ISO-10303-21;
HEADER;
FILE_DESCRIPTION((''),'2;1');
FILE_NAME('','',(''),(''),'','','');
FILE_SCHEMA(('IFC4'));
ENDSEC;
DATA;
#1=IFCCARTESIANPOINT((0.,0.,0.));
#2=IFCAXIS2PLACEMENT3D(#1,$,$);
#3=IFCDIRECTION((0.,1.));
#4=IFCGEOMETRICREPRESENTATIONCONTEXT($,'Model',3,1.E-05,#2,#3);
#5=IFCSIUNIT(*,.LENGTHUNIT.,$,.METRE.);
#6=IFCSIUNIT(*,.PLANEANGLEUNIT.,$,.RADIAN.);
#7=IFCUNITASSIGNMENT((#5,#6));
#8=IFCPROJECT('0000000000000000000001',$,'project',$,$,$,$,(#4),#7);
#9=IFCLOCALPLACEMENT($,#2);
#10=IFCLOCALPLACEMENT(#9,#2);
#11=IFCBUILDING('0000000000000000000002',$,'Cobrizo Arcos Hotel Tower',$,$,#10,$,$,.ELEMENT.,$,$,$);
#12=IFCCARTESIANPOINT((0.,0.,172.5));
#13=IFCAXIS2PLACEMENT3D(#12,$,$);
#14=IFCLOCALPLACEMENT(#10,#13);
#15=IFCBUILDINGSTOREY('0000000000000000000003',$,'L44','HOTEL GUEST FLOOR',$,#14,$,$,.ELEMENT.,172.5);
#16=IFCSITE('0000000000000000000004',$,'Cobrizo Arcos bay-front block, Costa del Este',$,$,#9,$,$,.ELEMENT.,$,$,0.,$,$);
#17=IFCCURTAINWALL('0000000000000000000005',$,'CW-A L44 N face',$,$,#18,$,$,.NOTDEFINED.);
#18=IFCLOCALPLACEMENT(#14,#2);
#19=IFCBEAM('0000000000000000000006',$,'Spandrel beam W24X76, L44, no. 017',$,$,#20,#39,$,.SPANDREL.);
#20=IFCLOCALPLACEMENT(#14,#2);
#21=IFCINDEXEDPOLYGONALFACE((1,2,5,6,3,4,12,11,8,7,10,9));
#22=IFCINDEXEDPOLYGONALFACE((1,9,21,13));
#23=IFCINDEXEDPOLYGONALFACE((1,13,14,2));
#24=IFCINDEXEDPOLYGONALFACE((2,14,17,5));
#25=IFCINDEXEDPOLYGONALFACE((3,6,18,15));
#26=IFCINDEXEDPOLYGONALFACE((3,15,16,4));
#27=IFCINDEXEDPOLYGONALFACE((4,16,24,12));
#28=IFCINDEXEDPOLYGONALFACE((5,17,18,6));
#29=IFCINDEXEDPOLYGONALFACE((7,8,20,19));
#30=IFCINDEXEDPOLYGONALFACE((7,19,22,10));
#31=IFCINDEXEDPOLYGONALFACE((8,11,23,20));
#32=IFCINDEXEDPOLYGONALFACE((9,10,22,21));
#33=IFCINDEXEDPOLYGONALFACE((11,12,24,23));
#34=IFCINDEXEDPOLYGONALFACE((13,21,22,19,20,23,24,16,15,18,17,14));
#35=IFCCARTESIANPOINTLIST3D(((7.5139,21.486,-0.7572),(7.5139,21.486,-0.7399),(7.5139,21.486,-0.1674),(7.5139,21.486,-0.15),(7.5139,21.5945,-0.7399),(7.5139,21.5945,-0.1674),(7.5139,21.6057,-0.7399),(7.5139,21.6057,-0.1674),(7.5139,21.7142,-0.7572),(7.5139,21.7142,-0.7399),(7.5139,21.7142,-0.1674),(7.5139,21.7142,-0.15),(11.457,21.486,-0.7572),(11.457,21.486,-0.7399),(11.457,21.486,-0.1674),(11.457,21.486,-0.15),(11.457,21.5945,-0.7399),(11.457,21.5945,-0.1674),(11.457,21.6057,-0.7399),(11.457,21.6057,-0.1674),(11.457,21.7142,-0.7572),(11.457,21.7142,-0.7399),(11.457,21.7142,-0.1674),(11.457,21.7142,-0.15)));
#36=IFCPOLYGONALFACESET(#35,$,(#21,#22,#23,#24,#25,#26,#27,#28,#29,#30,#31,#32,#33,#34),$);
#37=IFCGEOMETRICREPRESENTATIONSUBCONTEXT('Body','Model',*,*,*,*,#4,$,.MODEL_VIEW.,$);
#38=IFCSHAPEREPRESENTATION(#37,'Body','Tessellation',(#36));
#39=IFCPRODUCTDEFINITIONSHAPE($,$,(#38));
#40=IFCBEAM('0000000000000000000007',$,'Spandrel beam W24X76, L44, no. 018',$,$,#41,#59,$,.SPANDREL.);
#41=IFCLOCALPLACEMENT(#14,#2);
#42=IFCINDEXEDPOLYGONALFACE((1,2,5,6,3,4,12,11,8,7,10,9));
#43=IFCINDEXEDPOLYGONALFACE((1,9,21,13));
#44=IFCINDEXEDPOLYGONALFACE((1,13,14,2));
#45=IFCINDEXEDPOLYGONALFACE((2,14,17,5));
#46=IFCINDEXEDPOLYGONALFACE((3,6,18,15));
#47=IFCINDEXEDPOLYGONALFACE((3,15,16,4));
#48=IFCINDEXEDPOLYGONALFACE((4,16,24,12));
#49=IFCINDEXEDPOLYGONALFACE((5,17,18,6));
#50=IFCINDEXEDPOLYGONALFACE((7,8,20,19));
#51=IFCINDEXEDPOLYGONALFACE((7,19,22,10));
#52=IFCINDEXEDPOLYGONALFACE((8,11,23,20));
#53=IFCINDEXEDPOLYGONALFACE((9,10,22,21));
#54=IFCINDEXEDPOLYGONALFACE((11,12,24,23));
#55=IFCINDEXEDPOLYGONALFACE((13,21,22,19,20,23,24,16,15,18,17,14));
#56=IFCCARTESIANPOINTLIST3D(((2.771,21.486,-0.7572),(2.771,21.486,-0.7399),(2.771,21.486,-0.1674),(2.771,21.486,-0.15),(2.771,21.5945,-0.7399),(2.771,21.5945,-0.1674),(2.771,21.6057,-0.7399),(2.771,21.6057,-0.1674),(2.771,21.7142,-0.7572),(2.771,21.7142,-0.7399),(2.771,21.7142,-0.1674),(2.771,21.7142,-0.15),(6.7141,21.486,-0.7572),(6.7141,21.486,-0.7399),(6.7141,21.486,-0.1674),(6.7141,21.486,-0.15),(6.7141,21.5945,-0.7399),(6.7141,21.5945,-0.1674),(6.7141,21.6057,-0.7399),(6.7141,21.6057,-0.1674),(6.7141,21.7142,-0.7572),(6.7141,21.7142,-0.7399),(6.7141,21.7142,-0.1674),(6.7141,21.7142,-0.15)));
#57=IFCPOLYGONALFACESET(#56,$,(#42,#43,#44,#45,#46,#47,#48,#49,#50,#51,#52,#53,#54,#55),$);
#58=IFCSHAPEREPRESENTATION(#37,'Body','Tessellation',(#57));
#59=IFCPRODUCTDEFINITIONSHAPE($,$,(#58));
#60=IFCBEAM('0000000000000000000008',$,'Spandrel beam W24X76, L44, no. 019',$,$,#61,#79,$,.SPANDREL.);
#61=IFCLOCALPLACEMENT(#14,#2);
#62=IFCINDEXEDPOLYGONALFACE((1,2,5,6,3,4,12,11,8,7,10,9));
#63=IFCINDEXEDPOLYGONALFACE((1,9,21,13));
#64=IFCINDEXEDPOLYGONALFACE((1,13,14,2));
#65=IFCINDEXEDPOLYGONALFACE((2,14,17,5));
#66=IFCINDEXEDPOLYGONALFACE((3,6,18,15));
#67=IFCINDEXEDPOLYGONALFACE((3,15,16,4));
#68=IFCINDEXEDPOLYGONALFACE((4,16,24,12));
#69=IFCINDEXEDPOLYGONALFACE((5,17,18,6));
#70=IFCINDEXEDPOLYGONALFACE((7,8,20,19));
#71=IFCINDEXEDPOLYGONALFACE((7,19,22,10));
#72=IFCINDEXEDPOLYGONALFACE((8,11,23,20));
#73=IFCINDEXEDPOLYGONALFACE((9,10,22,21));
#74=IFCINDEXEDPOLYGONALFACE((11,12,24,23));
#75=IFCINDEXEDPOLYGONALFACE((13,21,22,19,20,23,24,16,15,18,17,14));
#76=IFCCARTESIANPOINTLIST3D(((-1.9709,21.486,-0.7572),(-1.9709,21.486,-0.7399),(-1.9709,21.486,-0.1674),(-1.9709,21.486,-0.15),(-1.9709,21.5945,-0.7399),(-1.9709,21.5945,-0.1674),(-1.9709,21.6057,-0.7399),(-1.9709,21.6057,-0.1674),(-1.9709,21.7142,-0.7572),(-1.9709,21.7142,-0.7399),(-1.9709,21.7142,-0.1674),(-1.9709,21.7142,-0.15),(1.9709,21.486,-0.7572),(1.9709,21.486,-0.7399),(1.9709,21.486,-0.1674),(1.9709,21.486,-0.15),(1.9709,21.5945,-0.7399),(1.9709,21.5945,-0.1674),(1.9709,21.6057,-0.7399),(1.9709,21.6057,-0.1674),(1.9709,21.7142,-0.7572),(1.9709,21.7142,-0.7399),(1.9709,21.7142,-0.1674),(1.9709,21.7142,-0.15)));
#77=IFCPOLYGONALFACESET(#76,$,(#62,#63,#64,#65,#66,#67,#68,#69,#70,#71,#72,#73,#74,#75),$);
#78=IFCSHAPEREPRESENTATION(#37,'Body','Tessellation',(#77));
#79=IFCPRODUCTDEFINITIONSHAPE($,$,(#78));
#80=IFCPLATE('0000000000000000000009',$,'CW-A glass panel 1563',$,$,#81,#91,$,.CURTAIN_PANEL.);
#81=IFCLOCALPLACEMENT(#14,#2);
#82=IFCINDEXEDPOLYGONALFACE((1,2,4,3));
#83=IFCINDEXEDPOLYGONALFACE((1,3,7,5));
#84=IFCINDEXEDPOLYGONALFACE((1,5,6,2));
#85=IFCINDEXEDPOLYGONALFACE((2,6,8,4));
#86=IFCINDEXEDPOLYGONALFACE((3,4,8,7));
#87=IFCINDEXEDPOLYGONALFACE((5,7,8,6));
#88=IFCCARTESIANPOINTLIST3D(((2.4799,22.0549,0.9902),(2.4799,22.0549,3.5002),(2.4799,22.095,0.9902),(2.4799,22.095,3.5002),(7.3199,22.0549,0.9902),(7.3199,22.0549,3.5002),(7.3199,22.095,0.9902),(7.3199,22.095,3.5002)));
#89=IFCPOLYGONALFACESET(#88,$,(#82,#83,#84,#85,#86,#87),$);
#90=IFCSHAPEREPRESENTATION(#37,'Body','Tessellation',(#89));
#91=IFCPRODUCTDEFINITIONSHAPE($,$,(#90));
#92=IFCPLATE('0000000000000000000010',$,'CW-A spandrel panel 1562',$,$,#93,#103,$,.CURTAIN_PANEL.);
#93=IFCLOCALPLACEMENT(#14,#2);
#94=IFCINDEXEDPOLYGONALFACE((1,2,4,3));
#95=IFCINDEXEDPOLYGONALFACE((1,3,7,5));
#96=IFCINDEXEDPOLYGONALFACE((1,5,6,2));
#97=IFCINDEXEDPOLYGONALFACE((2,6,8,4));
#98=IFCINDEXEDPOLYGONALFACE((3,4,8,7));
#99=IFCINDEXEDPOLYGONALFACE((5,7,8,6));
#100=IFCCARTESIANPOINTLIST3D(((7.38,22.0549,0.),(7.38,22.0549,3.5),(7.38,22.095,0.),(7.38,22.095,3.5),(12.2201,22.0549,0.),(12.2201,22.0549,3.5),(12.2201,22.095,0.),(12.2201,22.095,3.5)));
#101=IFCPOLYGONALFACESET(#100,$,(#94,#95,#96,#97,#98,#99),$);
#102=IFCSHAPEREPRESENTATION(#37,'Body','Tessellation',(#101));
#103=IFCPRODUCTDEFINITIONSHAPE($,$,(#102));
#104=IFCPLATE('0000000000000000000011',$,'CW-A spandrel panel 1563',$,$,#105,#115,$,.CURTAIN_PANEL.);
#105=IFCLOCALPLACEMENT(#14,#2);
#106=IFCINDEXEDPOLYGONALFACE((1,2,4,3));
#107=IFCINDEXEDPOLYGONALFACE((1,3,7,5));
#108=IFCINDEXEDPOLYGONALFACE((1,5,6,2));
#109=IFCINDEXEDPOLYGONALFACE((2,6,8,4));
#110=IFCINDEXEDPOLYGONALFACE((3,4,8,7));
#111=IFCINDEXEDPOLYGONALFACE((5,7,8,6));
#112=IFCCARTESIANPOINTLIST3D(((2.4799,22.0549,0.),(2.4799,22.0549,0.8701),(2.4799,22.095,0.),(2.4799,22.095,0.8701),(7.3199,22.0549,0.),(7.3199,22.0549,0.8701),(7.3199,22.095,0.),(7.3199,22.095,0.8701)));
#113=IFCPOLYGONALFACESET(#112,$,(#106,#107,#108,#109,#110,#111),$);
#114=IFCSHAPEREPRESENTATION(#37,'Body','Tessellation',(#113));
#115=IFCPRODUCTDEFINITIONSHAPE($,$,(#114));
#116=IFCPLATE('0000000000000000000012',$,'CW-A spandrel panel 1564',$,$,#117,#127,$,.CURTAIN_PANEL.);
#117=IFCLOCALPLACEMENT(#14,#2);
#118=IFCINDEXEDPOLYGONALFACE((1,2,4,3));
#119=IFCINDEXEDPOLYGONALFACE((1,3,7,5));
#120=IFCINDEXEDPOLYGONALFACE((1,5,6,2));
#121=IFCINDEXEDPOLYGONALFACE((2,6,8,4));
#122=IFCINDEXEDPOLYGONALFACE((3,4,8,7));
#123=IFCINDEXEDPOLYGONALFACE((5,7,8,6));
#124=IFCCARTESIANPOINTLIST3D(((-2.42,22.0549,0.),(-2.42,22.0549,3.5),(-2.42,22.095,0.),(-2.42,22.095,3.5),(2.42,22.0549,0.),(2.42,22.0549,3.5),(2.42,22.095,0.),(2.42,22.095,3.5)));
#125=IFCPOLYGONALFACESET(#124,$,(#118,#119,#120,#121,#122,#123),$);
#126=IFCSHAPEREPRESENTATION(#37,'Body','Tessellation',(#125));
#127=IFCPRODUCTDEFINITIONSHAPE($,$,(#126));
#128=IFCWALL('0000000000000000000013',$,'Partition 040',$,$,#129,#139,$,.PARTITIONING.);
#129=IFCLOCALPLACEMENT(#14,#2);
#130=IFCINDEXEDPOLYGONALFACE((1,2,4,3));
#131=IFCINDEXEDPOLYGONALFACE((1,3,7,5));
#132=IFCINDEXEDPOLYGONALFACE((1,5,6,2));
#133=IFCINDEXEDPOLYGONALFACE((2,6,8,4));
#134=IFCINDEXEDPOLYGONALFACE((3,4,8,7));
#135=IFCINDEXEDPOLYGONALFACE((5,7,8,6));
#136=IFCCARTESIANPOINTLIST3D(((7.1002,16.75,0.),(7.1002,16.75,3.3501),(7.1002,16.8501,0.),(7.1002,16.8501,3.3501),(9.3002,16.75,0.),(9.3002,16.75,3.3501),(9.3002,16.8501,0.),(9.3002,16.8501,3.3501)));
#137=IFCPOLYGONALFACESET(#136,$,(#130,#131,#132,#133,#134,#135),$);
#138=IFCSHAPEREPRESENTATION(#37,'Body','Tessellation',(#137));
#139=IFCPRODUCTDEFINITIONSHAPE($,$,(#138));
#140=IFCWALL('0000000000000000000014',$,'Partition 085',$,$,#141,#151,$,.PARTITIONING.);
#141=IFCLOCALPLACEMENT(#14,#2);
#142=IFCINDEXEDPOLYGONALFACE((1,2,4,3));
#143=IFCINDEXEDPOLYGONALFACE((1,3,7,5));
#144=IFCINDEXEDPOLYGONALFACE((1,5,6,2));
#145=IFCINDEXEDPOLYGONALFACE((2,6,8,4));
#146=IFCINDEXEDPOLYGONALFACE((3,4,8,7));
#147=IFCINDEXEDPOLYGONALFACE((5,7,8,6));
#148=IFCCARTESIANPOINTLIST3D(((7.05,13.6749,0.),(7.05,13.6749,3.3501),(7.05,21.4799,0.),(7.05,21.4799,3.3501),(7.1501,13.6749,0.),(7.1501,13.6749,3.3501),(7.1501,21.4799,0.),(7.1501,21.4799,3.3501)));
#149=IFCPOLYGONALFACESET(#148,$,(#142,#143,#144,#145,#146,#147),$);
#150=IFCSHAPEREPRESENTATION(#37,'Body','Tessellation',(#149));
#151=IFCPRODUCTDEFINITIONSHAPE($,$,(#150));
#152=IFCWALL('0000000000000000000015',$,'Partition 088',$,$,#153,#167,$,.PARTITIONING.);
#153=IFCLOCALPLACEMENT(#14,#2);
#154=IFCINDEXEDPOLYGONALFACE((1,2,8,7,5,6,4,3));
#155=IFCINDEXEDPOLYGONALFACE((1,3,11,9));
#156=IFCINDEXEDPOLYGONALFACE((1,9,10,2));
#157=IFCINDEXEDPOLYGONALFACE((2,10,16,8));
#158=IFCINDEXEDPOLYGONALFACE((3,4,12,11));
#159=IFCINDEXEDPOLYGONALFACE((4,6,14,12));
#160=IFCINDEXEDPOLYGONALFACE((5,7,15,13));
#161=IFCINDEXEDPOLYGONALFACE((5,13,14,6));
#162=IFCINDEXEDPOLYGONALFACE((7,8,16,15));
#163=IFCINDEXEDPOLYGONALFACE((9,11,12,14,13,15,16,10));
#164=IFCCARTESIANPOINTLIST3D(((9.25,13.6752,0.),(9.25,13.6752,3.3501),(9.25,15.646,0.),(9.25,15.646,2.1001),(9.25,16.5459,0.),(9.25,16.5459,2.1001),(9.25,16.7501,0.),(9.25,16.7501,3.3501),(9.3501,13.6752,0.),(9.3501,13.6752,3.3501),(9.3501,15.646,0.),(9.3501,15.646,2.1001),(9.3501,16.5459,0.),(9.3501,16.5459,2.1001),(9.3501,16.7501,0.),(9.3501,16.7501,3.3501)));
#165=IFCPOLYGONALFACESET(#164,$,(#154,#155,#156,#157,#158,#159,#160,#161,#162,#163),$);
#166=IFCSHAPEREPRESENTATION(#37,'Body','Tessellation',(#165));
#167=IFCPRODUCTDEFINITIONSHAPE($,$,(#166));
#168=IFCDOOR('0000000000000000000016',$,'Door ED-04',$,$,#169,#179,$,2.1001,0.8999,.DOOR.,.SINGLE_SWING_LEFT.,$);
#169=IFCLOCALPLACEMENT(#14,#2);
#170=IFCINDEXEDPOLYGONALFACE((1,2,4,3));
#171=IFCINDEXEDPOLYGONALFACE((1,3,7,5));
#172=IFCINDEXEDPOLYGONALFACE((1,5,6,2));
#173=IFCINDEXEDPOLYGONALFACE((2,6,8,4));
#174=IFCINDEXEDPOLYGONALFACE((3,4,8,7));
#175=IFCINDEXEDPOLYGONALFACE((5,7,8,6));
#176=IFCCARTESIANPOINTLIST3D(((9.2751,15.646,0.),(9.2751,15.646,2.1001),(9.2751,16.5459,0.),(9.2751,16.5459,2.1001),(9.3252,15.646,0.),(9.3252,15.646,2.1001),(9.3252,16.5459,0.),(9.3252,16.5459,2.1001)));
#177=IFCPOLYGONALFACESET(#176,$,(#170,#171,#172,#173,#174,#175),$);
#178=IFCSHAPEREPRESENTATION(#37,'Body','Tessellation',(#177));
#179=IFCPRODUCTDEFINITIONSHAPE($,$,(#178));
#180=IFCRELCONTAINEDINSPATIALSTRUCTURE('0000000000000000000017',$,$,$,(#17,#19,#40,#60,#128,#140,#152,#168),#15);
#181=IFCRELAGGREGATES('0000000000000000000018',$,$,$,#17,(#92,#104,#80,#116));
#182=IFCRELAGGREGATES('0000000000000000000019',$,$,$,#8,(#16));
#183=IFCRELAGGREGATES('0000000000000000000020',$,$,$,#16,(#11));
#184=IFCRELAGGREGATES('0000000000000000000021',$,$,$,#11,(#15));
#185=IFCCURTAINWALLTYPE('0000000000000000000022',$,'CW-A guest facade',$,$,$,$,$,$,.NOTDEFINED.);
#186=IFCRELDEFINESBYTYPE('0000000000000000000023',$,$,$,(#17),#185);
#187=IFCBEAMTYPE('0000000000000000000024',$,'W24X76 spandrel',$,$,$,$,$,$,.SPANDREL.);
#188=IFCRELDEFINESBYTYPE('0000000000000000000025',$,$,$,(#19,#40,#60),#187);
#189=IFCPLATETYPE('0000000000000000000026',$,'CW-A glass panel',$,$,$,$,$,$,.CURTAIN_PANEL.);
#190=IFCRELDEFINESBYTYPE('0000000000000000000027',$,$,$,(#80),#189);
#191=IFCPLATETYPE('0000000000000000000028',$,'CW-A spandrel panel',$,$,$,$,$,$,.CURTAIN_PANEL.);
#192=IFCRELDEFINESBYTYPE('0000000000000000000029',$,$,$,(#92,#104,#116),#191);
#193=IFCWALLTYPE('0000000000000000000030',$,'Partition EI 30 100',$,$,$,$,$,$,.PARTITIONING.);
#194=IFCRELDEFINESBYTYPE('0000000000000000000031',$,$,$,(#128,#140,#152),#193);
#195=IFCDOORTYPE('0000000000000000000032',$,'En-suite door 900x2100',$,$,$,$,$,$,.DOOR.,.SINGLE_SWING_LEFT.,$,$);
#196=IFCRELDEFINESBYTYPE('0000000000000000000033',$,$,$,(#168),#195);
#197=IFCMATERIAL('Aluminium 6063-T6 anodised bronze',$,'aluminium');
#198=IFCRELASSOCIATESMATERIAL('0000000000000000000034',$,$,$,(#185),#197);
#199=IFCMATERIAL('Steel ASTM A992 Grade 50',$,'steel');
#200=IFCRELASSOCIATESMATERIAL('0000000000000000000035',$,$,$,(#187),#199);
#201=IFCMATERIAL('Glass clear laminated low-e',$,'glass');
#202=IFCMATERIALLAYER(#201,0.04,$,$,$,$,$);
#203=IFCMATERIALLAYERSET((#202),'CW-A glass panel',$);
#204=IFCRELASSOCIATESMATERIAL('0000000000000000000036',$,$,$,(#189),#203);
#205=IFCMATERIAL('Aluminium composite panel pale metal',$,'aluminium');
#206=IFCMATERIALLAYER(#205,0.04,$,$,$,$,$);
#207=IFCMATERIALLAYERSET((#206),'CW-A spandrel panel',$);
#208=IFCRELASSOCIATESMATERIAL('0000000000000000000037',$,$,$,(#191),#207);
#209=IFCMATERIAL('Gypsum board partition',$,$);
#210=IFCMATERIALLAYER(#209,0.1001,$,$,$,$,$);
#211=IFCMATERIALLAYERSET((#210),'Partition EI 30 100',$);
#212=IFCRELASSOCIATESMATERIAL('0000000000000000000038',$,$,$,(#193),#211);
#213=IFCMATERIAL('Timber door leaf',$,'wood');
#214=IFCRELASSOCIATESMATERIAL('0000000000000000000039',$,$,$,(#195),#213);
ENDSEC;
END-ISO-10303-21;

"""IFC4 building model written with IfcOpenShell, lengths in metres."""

from ifc_helpers import new_model, si_unit, direction, frame, frame_2d, origin, origin_2d, place, context, subcontext, project, spatial, rectangle, i_section, extrude, material, layer, layer_set, material_profile, profile_set, type_object, element, fill, aggregate, save


model = new_model("IFC4")

# Units and contexts
model_context = context("Model", 3, precision=1e-05, world=origin(), true_north=direction((0.0, 1.0)))
body_context = subcontext(model_context, "Body", "Model", "MODEL_VIEW")
ifc_project = project(units=[si_unit("LENGTHUNIT", "METRE"), si_unit("PLANEANGLEUNIT", "RADIAN")], contexts=[model_context])

# Site, building, storey
site_placement = place(None, origin())
site = spatial("IfcSite", under=ifc_project, at=site_placement, Name="Cobrizo Arcos bay-front block, Costa del Este", CompositionType="ELEMENT", RefElevation=0.0)
building_placement = place(site_placement, origin())
building = spatial("IfcBuilding", under=site, at=building_placement, Name="Cobrizo Arcos Hotel Tower", CompositionType="ELEMENT")
storey_placement = place(building_placement, frame((0.0, 0.0, 172.5)))
storey = spatial("IfcBuildingStorey", under=building, at=storey_placement, Name="L44", Description="HOTEL GUEST FLOOR", CompositionType="ELEMENT", Elevation=172.5)

# Curtain wall
ifc_material_1 = material(Name="Aluminium 6063-T6 anodised bronze", Category="aluminium")
curtain_wall_type = type_object("IfcCurtainWallType", Name="CW-A guest facade", PredefinedType="NOTDEFINED", material=ifc_material_1)
curtain_wall_placement = place(storey_placement, origin())
curtain_wall = element("IfcCurtainWall", 1, at=curtain_wall_placement, inside=storey, type_object=curtain_wall_type, Name="CW-A L44 N face", PredefinedType="NOTDEFINED")

# Beams
ifc_material_2 = material(Name="Steel ASTM A992 Grade 50", Category="steel")
ifc_material_profile_1 = material_profile(ifc_material_2, i_section(OverallWidth=0.2283, OverallDepth=0.6072, WebThickness=0.0112, FlangeThickness=0.0173, at=origin_2d()), Name="W24X76")
ifc_profile_set_1 = profile_set([ifc_material_profile_1], Name="Steel ASTM A992 Grade 50")
beam_type_1 = type_object("IfcBeamType", Name="W24X76 spandrel", PredefinedType="SPANDREL", material=ifc_profile_set_1)
for number, where, z_axis, x_axis, name in (
    (2, (11.457, 21.6001, -0.4536), (-1.0, 0.0, 0.0), (0.0, -1.0, 0.0), "Spandrel beam W24X76, L44, no. 017"),
    (3, (6.7141, 21.6001, -0.4536), (-1.0, 0.0, 0.0), (0.0, -1.0, 0.0), "Spandrel beam W24X76, L44, no. 018"),
):
    element("IfcBeam", number, at=place(storey_placement, frame(where, z_axis=z_axis, x_axis=x_axis)), inside=storey, type_object=beam_type_1, Name=name, PredefinedType="SPANDREL", context=body_context, shape_type="SweptSolid", body=[
        extrude(i_section(OverallWidth=0.2283, OverallDepth=0.6072, WebThickness=0.0112, FlangeThickness=0.0173, at=origin_2d()), origin(), (0.0, 0.0, 1.0), 3.9431),
    ])
beam_1_placement = place(storey_placement, frame((1.9709, 21.6001, -0.4536), z_axis=(-1.0, 0.0, 0.0), x_axis=(0.0, -1.0, 0.0)))
element("IfcBeam", 4, at=beam_1_placement, inside=storey, type_object=beam_type_1, Name="Spandrel beam W24X76, L44, no. 019", PredefinedType="SPANDREL", context=body_context, shape_type="SweptSolid", body=[
    extrude(i_section(OverallWidth=0.2283, OverallDepth=0.6072, WebThickness=0.0112, FlangeThickness=0.0173, at=origin_2d()), origin(), (0.0, 0.0, 1.0), 3.9419),
])

# Plates
ifc_material_3 = material(Name="Glass clear laminated low-e", Category="glass")
ifc_layer_1 = layer(ifc_material_3, 0.04)
ifc_layer_set_1 = layer_set([ifc_layer_1], Name="CW-A glass panel")
plate_type_1 = type_object("IfcPlateType", Name="CW-A glass panel", PredefinedType="CURTAIN_PANEL", material=ifc_layer_set_1)
plate_1_placement = place(storey_placement, frame((4.8999, 22.075, 0.9902), z_axis=(0.0, 0.0, 1.0), x_axis=(-1.0, 0.0, 0.0)))
plate_1 = element("IfcPlate", 5, at=plate_1_placement, type_object=plate_type_1, Name="CW-A glass panel 1563", PredefinedType="CURTAIN_PANEL", context=body_context, shape_type="SweptSolid", body=[
    extrude(rectangle(XDim=4.8401, YDim=0.04, at=origin_2d()), origin(), (0.0, 0.0, 1.0), 2.51),
])
ifc_material_4 = material(Name="Aluminium composite panel pale metal", Category="aluminium")
ifc_layer_2 = layer(ifc_material_4, 0.04)
ifc_layer_set_2 = layer_set([ifc_layer_2], Name="CW-A spandrel panel")
plate_type_2 = type_object("IfcPlateType", Name="CW-A spandrel panel", PredefinedType="CURTAIN_PANEL", material=ifc_layer_set_2)
plate_2_placement = place(storey_placement, frame((9.8, 22.075, 0.0), z_axis=(0.0, 0.0, 1.0), x_axis=(-1.0, 0.0, 0.0)))
plate_2 = element("IfcPlate", 6, at=plate_2_placement, type_object=plate_type_2, Name="CW-A spandrel panel 1562", PredefinedType="CURTAIN_PANEL", context=body_context, shape_type="SweptSolid", body=[
    extrude(rectangle(XDim=4.8401, YDim=0.04, at=origin_2d()), origin(), (0.0, 0.0, 1.0), 3.5),
])
plate_3_placement = place(storey_placement, frame((4.8999, 22.075, 0.0), z_axis=(0.0, 0.0, 1.0), x_axis=(-1.0, 0.0, 0.0)))
plate_3 = element("IfcPlate", 7, at=plate_3_placement, type_object=plate_type_2, Name="CW-A spandrel panel 1563", PredefinedType="CURTAIN_PANEL", context=body_context, shape_type="SweptSolid", body=[
    extrude(rectangle(XDim=4.8401, YDim=0.04, at=origin_2d()), origin(), (0.0, 0.0, 1.0), 0.8701),
])
plate_4_placement = place(storey_placement, frame((0.0, 22.075, 0.0), z_axis=(0.0, 0.0, 1.0), x_axis=(-1.0, 0.0, 0.0)))
plate_4 = element("IfcPlate", 8, at=plate_4_placement, type_object=plate_type_2, Name="CW-A spandrel panel 1564", PredefinedType="CURTAIN_PANEL", context=body_context, shape_type="SweptSolid", body=[
    extrude(rectangle(XDim=4.8401, YDim=0.04, at=origin_2d()), origin(), (0.0, 0.0, 1.0), 3.5),
])
aggregate(curtain_wall, [plate_2, plate_3, plate_1, plate_4])

# Walls
ifc_material_5 = material(Name="Gypsum board partition")
ifc_layer_3 = layer(ifc_material_5, 0.1001)
ifc_layer_set_3 = layer_set([ifc_layer_3], Name="Partition EI 30 100")
wall_type = type_object("IfcWallType", Name="Partition EI 30 100", PredefinedType="PARTITIONING", material=ifc_layer_set_3)
wall_1_placement = place(storey_placement, frame((7.1001, 16.8, 0.0), z_axis=(0.0, 0.0, 1.0), x_axis=(1.0, 0.0, 0.0)))
element("IfcWall", 9, at=wall_1_placement, inside=storey, type_object=wall_type, Name="Partition 040", PredefinedType="PARTITIONING", context=body_context, shape_type="SweptSolid", body=[
    extrude(rectangle(XDim=2.2, YDim=0.1001, at=frame_2d((1.1001, 0.0))), origin(), (0.0, 0.0, 1.0), 3.3501),
])
wall_2_placement = place(storey_placement, frame((7.1001, 13.675, 0.0), z_axis=(0.0, 0.0, 1.0), x_axis=(0.0, 1.0, 0.0)))
element("IfcWall", 10, at=wall_2_placement, inside=storey, type_object=wall_type, Name="Partition 085", PredefinedType="PARTITIONING", context=body_context, shape_type="SweptSolid", body=[
    extrude(rectangle(XDim=7.8049, YDim=0.1001, at=frame_2d((3.9023, 0.0))), origin(), (0.0, 0.0, 1.0), 3.3501),
])

# Wall, opening, door
wall_3_placement = place(storey_placement, frame((9.3, 13.675, 0.0), z_axis=(0.0, 0.0, 1.0), x_axis=(0.0, 1.0, 0.0)))
wall_3 = element("IfcWall", 11, at=wall_3_placement, inside=storey, type_object=wall_type, Name="Partition 088", PredefinedType="PARTITIONING", context=body_context, shape_type="SweptSolid", body=[
    extrude(rectangle(XDim=3.075, YDim=0.1001, at=frame_2d((1.5376, 0.0))), origin(), (0.0, 0.0, 1.0), 3.3501),
])
opening_placement = place(wall_3_placement, frame((1.9709, 0.0, 0.0)))
opening = element("IfcOpeningElement", 12, at=opening_placement, cuts=wall_3, PredefinedType="OPENING", context=body_context, shape_type="SweptSolid", body=[
    extrude(rectangle(XDim=0.8999, YDim=2.1001, at=frame_2d((0.45, 1.05))), frame((0.0, 0.062, 0.0), z_axis=(0.0, -1.0, 0.0), x_axis=(1.0, 0.0, 0.0)), (0.0, 0.0, 1.0), 0.124),
])
ifc_material_6 = material(Name="Timber door leaf", Category="wood")
door_type = type_object("IfcDoorType", Name="En-suite door 900x2100", OperationType="SINGLE_SWING_LEFT", PredefinedType="DOOR", material=ifc_material_6)
door_placement = place(opening_placement, origin())
door = element("IfcDoor", 13, at=door_placement, inside=storey, type_object=door_type, Name="Door ED-04", OperationType="SINGLE_SWING_LEFT", OverallHeight=2.1001, OverallWidth=0.8999, PredefinedType="DOOR", context=body_context, shape_type="SweptSolid", body=[
    extrude(rectangle(XDim=0.8999, YDim=2.1001, at=frame_2d((0.45, 1.05))), frame((0.0, 0.0249, 0.0), z_axis=(0.0, -1.0, 0.0), x_axis=(1.0, 0.0, 0.0)), (0.0, 0.0, 1.0), 0.05),
])
fill(opening, door)

save(model, "model.ifc")
